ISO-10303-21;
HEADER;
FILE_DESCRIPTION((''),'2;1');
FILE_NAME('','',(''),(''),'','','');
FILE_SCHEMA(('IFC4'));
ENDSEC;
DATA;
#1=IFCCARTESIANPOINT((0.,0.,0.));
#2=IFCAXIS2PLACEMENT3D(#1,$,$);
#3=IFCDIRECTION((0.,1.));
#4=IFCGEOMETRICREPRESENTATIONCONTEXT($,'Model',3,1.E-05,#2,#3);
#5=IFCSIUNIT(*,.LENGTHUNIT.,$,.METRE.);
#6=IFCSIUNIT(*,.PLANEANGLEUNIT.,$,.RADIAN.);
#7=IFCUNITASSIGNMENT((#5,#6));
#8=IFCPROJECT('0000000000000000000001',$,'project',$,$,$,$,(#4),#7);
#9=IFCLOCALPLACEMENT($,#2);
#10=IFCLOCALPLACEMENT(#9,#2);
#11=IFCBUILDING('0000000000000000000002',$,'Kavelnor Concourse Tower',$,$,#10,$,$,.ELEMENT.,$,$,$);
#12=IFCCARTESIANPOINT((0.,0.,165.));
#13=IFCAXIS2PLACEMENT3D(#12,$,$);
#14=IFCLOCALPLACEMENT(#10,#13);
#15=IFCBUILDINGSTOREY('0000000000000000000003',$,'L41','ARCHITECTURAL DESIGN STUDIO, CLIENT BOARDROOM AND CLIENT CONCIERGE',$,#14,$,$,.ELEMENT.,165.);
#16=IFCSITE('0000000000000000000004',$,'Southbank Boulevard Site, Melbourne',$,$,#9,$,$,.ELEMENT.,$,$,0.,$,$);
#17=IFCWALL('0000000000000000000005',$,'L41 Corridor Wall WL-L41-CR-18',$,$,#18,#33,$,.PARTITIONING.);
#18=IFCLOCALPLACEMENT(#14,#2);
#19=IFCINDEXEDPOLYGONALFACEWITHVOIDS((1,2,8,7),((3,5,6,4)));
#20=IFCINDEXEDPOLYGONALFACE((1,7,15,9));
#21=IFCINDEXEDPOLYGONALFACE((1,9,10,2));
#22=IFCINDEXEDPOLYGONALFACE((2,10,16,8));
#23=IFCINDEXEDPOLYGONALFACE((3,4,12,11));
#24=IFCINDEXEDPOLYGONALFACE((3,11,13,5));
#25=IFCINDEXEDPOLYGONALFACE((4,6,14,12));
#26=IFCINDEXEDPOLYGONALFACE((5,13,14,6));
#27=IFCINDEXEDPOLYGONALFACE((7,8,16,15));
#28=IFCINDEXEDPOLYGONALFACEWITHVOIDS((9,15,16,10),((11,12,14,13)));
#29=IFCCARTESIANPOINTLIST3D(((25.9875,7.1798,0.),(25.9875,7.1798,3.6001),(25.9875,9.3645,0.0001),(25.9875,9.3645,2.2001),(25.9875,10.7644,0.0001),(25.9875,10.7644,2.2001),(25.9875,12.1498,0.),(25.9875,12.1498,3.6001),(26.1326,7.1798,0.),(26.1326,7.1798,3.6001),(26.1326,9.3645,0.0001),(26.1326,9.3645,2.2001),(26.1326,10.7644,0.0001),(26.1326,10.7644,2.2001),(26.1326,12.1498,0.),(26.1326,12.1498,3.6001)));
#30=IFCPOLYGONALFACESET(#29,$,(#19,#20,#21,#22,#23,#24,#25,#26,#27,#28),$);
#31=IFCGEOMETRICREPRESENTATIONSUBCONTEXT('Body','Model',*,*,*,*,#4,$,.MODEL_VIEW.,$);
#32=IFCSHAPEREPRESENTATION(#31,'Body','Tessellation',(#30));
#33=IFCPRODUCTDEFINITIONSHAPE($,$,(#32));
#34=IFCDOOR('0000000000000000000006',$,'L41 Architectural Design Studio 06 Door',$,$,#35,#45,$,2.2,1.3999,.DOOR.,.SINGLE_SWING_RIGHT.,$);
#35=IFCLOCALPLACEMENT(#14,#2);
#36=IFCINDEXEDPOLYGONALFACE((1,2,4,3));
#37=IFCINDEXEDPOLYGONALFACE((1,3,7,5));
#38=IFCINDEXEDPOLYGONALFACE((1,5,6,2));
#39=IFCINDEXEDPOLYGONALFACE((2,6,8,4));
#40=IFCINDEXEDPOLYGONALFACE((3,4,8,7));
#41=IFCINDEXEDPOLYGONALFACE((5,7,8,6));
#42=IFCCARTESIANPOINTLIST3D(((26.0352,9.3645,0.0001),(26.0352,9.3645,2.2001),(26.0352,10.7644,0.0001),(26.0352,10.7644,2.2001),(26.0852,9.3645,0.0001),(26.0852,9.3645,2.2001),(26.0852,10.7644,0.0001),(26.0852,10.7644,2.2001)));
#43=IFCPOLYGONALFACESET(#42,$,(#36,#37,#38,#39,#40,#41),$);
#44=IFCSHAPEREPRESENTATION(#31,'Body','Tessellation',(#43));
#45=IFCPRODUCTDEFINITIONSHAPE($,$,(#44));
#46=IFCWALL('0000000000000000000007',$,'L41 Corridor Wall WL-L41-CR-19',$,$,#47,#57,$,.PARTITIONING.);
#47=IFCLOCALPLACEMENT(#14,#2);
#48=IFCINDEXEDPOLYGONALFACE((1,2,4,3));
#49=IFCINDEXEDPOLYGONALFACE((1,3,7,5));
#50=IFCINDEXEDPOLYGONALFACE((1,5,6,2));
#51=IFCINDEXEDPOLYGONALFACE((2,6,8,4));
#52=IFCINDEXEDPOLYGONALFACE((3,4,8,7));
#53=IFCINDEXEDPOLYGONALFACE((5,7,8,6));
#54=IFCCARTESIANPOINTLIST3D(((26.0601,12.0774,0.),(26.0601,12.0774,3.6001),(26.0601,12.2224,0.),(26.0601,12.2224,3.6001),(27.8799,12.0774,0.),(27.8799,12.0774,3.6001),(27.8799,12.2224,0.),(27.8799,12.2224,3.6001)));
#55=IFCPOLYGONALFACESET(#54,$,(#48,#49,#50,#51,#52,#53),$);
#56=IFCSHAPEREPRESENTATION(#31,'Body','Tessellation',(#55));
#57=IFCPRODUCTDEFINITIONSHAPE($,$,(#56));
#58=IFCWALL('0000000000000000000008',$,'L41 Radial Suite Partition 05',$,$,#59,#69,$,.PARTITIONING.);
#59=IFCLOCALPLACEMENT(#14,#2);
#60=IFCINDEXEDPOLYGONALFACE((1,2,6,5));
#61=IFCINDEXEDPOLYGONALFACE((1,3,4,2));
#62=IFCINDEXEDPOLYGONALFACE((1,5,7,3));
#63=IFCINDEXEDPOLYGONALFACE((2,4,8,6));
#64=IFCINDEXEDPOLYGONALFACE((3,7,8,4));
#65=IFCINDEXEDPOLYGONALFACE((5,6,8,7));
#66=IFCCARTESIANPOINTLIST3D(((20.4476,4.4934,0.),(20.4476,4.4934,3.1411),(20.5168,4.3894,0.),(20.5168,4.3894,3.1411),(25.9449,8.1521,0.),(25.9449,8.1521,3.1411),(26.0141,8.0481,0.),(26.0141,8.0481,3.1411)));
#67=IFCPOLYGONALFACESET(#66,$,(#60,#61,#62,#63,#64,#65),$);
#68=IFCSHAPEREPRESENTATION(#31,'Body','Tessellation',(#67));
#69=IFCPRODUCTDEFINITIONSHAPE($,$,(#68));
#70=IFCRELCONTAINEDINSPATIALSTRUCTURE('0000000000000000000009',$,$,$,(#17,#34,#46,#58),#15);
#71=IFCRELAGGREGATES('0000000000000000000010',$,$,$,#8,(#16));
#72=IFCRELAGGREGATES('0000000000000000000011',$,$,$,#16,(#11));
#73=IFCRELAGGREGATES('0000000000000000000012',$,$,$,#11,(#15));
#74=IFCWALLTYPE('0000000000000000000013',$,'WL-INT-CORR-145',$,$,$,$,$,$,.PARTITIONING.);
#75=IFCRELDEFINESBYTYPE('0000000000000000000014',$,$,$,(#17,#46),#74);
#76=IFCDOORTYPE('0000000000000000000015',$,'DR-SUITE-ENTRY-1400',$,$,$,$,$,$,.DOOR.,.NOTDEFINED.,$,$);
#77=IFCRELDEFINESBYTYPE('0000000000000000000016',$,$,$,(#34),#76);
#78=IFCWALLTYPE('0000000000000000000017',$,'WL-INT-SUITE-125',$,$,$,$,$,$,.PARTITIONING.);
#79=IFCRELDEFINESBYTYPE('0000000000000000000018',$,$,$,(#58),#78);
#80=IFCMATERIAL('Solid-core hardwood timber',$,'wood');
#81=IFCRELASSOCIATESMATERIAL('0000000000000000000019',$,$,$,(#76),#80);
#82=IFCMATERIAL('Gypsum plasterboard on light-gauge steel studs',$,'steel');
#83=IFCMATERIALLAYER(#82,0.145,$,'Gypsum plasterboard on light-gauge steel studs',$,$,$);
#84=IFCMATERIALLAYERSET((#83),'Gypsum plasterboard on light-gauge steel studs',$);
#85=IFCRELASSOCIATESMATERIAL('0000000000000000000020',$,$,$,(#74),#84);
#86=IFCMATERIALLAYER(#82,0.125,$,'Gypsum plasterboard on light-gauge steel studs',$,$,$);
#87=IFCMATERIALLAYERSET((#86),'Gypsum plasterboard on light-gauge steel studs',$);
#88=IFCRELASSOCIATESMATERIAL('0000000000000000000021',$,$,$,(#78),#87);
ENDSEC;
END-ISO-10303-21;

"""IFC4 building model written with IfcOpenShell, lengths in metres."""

from ifc_helpers import new_model, si_unit, direction, frame, frame_2d, origin, place, context, subcontext, project, spatial, rectangle, extrude, material, layer, layer_set, type_object, element, fill, save


model = new_model("IFC4")

# Units and contexts
model_context = context("Model", 3, precision=1e-05, world=origin(), true_north=direction((0.0, 1.0)))
body_context = subcontext(model_context, "Body", "Model", "MODEL_VIEW")
ifc_project = project(units=[si_unit("LENGTHUNIT", "METRE"), si_unit("PLANEANGLEUNIT", "RADIAN")], contexts=[model_context])

# Site, building, storey
site_placement = place(None, origin())
site = spatial("IfcSite", under=ifc_project, at=site_placement, Name="Southbank Boulevard Site, Melbourne", CompositionType="ELEMENT", RefElevation=0.0)
building_placement = place(site_placement, origin())
building = spatial("IfcBuilding", under=site, at=building_placement, Name="Kavelnor Concourse Tower", CompositionType="ELEMENT")
storey_placement = place(building_placement, frame((0.0, 0.0, 165.0)))
storey = spatial("IfcBuildingStorey", under=building, at=storey_placement, Name="L41", Description="ARCHITECTURAL DESIGN STUDIO, CLIENT BOARDROOM AND CLIENT CONCIERGE", CompositionType="ELEMENT", Elevation=165.0)

# Shared definitions
ifc_material_1 = material(Name="Solid-core hardwood timber", Category="wood")
door_type_1 = type_object("IfcDoorType", Name="DR-SUITE-ENTRY-1400", OperationType="NOTDEFINED", PredefinedType="DOOR", material=ifc_material_1)

# Shared definitions
ifc_material_2 = material(Name="Gypsum plasterboard on light-gauge steel studs", Category="steel")
ifc_layer_1 = layer(ifc_material_2, 0.145, Name="Gypsum plasterboard on light-gauge steel studs")
ifc_layer_set_1 = layer_set([ifc_layer_1], Name="Gypsum plasterboard on light-gauge steel studs")
wall_type_1 = type_object("IfcWallType", Name="WL-INT-CORR-145", PredefinedType="PARTITIONING", material=ifc_layer_set_1)

# Wall, opening, door
wall_1_placement = place(storey_placement, frame((26.0601, 7.1799, 0.0), z_axis=(0.0, 0.0, 1.0), x_axis=(0.0, 1.0, 0.0)))
wall_1 = element("IfcWall", 1, at=wall_1_placement, inside=storey, type_object=wall_type_1, Name="L41 Corridor Wall WL-L41-CR-18", PredefinedType="PARTITIONING", context=body_context, shape_type="SweptSolid", body=[
    extrude(rectangle(XDim=4.97, YDim=0.145, at=frame_2d((2.4849, 0.0))), origin(), (0.0, 0.0, 1.0), 3.6001),
])
opening_1_placement = place(wall_1_placement, frame((2.1846, 0.0, 0.0)))
opening_1 = element("IfcOpeningElement", 2, at=opening_1_placement, cuts=wall_1, PredefinedType="OPENING", context=body_context, shape_type="SweptSolid", body=[
    extrude(rectangle(XDim=1.3999, YDim=2.2, at=frame_2d((0.7, 1.1001))), frame((0.0, 0.0825, 0.0), z_axis=(0.0, -1.0, 0.0), x_axis=(1.0, 0.0, 0.0)), (0.0, 0.0, 1.0), 0.165),
])
door_1_placement = place(opening_1_placement, origin())
door_1 = element("IfcDoor", 3, at=door_1_placement, inside=storey, type_object=door_type_1, Name="L41 Architectural Design Studio 06 Door", OperationType="SINGLE_SWING_RIGHT", OverallHeight=2.2, OverallWidth=1.3999, PredefinedType="DOOR", context=body_context, shape_type="SweptSolid", body=[
    extrude(rectangle(XDim=1.3999, YDim=2.2, at=frame_2d((0.7, 1.1001))), frame((0.0, 0.0249, 0.0), z_axis=(0.0, -1.0, 0.0), x_axis=(1.0, 0.0, 0.0)), (0.0, 0.0, 1.0), 0.05),
])
fill(opening_1, door_1)

# Walls
wall_2_placement = place(storey_placement, frame((26.0601, 12.1499, 0.0), z_axis=(0.0, 0.0, 1.0), x_axis=(1.0, 0.0, 0.0)))
element("IfcWall", 4, at=wall_2_placement, inside=storey, type_object=wall_type_1, Name="L41 Corridor Wall WL-L41-CR-19", PredefinedType="PARTITIONING", context=body_context, shape_type="SweptSolid", body=[
    extrude(rectangle(XDim=1.8198, YDim=0.145, at=frame_2d((0.9099, 0.0))), origin(), (0.0, 0.0, 1.0), 3.6001),
])
ifc_layer_2 = layer(ifc_material_2, 0.125, Name="Gypsum plasterboard on light-gauge steel studs")
ifc_layer_set_2 = layer_set([ifc_layer_2], Name="Gypsum plasterboard on light-gauge steel studs")
wall_type_2 = type_object("IfcWallType", Name="WL-INT-SUITE-125", PredefinedType="PARTITIONING", material=ifc_layer_set_2)
wall_3_placement = place(storey_placement, frame((25.9795, 8.1001, 0.0), z_axis=(0.0, 0.0, 1.0), x_axis=(-0.832482, -0.554052, 0.0)))
element("IfcWall", 5, at=wall_3_placement, inside=storey, type_object=wall_type_2, Name="L41 Radial Suite Partition 05", PredefinedType="PARTITIONING", context=body_context, shape_type="SweptSolid", body=[
    extrude(rectangle(XDim=6.6035, YDim=0.125, at=frame_2d((3.3018, 0.0))), origin(), (0.0, 0.0, 1.0), 3.1411),
])

save(model, "model.ifc")
